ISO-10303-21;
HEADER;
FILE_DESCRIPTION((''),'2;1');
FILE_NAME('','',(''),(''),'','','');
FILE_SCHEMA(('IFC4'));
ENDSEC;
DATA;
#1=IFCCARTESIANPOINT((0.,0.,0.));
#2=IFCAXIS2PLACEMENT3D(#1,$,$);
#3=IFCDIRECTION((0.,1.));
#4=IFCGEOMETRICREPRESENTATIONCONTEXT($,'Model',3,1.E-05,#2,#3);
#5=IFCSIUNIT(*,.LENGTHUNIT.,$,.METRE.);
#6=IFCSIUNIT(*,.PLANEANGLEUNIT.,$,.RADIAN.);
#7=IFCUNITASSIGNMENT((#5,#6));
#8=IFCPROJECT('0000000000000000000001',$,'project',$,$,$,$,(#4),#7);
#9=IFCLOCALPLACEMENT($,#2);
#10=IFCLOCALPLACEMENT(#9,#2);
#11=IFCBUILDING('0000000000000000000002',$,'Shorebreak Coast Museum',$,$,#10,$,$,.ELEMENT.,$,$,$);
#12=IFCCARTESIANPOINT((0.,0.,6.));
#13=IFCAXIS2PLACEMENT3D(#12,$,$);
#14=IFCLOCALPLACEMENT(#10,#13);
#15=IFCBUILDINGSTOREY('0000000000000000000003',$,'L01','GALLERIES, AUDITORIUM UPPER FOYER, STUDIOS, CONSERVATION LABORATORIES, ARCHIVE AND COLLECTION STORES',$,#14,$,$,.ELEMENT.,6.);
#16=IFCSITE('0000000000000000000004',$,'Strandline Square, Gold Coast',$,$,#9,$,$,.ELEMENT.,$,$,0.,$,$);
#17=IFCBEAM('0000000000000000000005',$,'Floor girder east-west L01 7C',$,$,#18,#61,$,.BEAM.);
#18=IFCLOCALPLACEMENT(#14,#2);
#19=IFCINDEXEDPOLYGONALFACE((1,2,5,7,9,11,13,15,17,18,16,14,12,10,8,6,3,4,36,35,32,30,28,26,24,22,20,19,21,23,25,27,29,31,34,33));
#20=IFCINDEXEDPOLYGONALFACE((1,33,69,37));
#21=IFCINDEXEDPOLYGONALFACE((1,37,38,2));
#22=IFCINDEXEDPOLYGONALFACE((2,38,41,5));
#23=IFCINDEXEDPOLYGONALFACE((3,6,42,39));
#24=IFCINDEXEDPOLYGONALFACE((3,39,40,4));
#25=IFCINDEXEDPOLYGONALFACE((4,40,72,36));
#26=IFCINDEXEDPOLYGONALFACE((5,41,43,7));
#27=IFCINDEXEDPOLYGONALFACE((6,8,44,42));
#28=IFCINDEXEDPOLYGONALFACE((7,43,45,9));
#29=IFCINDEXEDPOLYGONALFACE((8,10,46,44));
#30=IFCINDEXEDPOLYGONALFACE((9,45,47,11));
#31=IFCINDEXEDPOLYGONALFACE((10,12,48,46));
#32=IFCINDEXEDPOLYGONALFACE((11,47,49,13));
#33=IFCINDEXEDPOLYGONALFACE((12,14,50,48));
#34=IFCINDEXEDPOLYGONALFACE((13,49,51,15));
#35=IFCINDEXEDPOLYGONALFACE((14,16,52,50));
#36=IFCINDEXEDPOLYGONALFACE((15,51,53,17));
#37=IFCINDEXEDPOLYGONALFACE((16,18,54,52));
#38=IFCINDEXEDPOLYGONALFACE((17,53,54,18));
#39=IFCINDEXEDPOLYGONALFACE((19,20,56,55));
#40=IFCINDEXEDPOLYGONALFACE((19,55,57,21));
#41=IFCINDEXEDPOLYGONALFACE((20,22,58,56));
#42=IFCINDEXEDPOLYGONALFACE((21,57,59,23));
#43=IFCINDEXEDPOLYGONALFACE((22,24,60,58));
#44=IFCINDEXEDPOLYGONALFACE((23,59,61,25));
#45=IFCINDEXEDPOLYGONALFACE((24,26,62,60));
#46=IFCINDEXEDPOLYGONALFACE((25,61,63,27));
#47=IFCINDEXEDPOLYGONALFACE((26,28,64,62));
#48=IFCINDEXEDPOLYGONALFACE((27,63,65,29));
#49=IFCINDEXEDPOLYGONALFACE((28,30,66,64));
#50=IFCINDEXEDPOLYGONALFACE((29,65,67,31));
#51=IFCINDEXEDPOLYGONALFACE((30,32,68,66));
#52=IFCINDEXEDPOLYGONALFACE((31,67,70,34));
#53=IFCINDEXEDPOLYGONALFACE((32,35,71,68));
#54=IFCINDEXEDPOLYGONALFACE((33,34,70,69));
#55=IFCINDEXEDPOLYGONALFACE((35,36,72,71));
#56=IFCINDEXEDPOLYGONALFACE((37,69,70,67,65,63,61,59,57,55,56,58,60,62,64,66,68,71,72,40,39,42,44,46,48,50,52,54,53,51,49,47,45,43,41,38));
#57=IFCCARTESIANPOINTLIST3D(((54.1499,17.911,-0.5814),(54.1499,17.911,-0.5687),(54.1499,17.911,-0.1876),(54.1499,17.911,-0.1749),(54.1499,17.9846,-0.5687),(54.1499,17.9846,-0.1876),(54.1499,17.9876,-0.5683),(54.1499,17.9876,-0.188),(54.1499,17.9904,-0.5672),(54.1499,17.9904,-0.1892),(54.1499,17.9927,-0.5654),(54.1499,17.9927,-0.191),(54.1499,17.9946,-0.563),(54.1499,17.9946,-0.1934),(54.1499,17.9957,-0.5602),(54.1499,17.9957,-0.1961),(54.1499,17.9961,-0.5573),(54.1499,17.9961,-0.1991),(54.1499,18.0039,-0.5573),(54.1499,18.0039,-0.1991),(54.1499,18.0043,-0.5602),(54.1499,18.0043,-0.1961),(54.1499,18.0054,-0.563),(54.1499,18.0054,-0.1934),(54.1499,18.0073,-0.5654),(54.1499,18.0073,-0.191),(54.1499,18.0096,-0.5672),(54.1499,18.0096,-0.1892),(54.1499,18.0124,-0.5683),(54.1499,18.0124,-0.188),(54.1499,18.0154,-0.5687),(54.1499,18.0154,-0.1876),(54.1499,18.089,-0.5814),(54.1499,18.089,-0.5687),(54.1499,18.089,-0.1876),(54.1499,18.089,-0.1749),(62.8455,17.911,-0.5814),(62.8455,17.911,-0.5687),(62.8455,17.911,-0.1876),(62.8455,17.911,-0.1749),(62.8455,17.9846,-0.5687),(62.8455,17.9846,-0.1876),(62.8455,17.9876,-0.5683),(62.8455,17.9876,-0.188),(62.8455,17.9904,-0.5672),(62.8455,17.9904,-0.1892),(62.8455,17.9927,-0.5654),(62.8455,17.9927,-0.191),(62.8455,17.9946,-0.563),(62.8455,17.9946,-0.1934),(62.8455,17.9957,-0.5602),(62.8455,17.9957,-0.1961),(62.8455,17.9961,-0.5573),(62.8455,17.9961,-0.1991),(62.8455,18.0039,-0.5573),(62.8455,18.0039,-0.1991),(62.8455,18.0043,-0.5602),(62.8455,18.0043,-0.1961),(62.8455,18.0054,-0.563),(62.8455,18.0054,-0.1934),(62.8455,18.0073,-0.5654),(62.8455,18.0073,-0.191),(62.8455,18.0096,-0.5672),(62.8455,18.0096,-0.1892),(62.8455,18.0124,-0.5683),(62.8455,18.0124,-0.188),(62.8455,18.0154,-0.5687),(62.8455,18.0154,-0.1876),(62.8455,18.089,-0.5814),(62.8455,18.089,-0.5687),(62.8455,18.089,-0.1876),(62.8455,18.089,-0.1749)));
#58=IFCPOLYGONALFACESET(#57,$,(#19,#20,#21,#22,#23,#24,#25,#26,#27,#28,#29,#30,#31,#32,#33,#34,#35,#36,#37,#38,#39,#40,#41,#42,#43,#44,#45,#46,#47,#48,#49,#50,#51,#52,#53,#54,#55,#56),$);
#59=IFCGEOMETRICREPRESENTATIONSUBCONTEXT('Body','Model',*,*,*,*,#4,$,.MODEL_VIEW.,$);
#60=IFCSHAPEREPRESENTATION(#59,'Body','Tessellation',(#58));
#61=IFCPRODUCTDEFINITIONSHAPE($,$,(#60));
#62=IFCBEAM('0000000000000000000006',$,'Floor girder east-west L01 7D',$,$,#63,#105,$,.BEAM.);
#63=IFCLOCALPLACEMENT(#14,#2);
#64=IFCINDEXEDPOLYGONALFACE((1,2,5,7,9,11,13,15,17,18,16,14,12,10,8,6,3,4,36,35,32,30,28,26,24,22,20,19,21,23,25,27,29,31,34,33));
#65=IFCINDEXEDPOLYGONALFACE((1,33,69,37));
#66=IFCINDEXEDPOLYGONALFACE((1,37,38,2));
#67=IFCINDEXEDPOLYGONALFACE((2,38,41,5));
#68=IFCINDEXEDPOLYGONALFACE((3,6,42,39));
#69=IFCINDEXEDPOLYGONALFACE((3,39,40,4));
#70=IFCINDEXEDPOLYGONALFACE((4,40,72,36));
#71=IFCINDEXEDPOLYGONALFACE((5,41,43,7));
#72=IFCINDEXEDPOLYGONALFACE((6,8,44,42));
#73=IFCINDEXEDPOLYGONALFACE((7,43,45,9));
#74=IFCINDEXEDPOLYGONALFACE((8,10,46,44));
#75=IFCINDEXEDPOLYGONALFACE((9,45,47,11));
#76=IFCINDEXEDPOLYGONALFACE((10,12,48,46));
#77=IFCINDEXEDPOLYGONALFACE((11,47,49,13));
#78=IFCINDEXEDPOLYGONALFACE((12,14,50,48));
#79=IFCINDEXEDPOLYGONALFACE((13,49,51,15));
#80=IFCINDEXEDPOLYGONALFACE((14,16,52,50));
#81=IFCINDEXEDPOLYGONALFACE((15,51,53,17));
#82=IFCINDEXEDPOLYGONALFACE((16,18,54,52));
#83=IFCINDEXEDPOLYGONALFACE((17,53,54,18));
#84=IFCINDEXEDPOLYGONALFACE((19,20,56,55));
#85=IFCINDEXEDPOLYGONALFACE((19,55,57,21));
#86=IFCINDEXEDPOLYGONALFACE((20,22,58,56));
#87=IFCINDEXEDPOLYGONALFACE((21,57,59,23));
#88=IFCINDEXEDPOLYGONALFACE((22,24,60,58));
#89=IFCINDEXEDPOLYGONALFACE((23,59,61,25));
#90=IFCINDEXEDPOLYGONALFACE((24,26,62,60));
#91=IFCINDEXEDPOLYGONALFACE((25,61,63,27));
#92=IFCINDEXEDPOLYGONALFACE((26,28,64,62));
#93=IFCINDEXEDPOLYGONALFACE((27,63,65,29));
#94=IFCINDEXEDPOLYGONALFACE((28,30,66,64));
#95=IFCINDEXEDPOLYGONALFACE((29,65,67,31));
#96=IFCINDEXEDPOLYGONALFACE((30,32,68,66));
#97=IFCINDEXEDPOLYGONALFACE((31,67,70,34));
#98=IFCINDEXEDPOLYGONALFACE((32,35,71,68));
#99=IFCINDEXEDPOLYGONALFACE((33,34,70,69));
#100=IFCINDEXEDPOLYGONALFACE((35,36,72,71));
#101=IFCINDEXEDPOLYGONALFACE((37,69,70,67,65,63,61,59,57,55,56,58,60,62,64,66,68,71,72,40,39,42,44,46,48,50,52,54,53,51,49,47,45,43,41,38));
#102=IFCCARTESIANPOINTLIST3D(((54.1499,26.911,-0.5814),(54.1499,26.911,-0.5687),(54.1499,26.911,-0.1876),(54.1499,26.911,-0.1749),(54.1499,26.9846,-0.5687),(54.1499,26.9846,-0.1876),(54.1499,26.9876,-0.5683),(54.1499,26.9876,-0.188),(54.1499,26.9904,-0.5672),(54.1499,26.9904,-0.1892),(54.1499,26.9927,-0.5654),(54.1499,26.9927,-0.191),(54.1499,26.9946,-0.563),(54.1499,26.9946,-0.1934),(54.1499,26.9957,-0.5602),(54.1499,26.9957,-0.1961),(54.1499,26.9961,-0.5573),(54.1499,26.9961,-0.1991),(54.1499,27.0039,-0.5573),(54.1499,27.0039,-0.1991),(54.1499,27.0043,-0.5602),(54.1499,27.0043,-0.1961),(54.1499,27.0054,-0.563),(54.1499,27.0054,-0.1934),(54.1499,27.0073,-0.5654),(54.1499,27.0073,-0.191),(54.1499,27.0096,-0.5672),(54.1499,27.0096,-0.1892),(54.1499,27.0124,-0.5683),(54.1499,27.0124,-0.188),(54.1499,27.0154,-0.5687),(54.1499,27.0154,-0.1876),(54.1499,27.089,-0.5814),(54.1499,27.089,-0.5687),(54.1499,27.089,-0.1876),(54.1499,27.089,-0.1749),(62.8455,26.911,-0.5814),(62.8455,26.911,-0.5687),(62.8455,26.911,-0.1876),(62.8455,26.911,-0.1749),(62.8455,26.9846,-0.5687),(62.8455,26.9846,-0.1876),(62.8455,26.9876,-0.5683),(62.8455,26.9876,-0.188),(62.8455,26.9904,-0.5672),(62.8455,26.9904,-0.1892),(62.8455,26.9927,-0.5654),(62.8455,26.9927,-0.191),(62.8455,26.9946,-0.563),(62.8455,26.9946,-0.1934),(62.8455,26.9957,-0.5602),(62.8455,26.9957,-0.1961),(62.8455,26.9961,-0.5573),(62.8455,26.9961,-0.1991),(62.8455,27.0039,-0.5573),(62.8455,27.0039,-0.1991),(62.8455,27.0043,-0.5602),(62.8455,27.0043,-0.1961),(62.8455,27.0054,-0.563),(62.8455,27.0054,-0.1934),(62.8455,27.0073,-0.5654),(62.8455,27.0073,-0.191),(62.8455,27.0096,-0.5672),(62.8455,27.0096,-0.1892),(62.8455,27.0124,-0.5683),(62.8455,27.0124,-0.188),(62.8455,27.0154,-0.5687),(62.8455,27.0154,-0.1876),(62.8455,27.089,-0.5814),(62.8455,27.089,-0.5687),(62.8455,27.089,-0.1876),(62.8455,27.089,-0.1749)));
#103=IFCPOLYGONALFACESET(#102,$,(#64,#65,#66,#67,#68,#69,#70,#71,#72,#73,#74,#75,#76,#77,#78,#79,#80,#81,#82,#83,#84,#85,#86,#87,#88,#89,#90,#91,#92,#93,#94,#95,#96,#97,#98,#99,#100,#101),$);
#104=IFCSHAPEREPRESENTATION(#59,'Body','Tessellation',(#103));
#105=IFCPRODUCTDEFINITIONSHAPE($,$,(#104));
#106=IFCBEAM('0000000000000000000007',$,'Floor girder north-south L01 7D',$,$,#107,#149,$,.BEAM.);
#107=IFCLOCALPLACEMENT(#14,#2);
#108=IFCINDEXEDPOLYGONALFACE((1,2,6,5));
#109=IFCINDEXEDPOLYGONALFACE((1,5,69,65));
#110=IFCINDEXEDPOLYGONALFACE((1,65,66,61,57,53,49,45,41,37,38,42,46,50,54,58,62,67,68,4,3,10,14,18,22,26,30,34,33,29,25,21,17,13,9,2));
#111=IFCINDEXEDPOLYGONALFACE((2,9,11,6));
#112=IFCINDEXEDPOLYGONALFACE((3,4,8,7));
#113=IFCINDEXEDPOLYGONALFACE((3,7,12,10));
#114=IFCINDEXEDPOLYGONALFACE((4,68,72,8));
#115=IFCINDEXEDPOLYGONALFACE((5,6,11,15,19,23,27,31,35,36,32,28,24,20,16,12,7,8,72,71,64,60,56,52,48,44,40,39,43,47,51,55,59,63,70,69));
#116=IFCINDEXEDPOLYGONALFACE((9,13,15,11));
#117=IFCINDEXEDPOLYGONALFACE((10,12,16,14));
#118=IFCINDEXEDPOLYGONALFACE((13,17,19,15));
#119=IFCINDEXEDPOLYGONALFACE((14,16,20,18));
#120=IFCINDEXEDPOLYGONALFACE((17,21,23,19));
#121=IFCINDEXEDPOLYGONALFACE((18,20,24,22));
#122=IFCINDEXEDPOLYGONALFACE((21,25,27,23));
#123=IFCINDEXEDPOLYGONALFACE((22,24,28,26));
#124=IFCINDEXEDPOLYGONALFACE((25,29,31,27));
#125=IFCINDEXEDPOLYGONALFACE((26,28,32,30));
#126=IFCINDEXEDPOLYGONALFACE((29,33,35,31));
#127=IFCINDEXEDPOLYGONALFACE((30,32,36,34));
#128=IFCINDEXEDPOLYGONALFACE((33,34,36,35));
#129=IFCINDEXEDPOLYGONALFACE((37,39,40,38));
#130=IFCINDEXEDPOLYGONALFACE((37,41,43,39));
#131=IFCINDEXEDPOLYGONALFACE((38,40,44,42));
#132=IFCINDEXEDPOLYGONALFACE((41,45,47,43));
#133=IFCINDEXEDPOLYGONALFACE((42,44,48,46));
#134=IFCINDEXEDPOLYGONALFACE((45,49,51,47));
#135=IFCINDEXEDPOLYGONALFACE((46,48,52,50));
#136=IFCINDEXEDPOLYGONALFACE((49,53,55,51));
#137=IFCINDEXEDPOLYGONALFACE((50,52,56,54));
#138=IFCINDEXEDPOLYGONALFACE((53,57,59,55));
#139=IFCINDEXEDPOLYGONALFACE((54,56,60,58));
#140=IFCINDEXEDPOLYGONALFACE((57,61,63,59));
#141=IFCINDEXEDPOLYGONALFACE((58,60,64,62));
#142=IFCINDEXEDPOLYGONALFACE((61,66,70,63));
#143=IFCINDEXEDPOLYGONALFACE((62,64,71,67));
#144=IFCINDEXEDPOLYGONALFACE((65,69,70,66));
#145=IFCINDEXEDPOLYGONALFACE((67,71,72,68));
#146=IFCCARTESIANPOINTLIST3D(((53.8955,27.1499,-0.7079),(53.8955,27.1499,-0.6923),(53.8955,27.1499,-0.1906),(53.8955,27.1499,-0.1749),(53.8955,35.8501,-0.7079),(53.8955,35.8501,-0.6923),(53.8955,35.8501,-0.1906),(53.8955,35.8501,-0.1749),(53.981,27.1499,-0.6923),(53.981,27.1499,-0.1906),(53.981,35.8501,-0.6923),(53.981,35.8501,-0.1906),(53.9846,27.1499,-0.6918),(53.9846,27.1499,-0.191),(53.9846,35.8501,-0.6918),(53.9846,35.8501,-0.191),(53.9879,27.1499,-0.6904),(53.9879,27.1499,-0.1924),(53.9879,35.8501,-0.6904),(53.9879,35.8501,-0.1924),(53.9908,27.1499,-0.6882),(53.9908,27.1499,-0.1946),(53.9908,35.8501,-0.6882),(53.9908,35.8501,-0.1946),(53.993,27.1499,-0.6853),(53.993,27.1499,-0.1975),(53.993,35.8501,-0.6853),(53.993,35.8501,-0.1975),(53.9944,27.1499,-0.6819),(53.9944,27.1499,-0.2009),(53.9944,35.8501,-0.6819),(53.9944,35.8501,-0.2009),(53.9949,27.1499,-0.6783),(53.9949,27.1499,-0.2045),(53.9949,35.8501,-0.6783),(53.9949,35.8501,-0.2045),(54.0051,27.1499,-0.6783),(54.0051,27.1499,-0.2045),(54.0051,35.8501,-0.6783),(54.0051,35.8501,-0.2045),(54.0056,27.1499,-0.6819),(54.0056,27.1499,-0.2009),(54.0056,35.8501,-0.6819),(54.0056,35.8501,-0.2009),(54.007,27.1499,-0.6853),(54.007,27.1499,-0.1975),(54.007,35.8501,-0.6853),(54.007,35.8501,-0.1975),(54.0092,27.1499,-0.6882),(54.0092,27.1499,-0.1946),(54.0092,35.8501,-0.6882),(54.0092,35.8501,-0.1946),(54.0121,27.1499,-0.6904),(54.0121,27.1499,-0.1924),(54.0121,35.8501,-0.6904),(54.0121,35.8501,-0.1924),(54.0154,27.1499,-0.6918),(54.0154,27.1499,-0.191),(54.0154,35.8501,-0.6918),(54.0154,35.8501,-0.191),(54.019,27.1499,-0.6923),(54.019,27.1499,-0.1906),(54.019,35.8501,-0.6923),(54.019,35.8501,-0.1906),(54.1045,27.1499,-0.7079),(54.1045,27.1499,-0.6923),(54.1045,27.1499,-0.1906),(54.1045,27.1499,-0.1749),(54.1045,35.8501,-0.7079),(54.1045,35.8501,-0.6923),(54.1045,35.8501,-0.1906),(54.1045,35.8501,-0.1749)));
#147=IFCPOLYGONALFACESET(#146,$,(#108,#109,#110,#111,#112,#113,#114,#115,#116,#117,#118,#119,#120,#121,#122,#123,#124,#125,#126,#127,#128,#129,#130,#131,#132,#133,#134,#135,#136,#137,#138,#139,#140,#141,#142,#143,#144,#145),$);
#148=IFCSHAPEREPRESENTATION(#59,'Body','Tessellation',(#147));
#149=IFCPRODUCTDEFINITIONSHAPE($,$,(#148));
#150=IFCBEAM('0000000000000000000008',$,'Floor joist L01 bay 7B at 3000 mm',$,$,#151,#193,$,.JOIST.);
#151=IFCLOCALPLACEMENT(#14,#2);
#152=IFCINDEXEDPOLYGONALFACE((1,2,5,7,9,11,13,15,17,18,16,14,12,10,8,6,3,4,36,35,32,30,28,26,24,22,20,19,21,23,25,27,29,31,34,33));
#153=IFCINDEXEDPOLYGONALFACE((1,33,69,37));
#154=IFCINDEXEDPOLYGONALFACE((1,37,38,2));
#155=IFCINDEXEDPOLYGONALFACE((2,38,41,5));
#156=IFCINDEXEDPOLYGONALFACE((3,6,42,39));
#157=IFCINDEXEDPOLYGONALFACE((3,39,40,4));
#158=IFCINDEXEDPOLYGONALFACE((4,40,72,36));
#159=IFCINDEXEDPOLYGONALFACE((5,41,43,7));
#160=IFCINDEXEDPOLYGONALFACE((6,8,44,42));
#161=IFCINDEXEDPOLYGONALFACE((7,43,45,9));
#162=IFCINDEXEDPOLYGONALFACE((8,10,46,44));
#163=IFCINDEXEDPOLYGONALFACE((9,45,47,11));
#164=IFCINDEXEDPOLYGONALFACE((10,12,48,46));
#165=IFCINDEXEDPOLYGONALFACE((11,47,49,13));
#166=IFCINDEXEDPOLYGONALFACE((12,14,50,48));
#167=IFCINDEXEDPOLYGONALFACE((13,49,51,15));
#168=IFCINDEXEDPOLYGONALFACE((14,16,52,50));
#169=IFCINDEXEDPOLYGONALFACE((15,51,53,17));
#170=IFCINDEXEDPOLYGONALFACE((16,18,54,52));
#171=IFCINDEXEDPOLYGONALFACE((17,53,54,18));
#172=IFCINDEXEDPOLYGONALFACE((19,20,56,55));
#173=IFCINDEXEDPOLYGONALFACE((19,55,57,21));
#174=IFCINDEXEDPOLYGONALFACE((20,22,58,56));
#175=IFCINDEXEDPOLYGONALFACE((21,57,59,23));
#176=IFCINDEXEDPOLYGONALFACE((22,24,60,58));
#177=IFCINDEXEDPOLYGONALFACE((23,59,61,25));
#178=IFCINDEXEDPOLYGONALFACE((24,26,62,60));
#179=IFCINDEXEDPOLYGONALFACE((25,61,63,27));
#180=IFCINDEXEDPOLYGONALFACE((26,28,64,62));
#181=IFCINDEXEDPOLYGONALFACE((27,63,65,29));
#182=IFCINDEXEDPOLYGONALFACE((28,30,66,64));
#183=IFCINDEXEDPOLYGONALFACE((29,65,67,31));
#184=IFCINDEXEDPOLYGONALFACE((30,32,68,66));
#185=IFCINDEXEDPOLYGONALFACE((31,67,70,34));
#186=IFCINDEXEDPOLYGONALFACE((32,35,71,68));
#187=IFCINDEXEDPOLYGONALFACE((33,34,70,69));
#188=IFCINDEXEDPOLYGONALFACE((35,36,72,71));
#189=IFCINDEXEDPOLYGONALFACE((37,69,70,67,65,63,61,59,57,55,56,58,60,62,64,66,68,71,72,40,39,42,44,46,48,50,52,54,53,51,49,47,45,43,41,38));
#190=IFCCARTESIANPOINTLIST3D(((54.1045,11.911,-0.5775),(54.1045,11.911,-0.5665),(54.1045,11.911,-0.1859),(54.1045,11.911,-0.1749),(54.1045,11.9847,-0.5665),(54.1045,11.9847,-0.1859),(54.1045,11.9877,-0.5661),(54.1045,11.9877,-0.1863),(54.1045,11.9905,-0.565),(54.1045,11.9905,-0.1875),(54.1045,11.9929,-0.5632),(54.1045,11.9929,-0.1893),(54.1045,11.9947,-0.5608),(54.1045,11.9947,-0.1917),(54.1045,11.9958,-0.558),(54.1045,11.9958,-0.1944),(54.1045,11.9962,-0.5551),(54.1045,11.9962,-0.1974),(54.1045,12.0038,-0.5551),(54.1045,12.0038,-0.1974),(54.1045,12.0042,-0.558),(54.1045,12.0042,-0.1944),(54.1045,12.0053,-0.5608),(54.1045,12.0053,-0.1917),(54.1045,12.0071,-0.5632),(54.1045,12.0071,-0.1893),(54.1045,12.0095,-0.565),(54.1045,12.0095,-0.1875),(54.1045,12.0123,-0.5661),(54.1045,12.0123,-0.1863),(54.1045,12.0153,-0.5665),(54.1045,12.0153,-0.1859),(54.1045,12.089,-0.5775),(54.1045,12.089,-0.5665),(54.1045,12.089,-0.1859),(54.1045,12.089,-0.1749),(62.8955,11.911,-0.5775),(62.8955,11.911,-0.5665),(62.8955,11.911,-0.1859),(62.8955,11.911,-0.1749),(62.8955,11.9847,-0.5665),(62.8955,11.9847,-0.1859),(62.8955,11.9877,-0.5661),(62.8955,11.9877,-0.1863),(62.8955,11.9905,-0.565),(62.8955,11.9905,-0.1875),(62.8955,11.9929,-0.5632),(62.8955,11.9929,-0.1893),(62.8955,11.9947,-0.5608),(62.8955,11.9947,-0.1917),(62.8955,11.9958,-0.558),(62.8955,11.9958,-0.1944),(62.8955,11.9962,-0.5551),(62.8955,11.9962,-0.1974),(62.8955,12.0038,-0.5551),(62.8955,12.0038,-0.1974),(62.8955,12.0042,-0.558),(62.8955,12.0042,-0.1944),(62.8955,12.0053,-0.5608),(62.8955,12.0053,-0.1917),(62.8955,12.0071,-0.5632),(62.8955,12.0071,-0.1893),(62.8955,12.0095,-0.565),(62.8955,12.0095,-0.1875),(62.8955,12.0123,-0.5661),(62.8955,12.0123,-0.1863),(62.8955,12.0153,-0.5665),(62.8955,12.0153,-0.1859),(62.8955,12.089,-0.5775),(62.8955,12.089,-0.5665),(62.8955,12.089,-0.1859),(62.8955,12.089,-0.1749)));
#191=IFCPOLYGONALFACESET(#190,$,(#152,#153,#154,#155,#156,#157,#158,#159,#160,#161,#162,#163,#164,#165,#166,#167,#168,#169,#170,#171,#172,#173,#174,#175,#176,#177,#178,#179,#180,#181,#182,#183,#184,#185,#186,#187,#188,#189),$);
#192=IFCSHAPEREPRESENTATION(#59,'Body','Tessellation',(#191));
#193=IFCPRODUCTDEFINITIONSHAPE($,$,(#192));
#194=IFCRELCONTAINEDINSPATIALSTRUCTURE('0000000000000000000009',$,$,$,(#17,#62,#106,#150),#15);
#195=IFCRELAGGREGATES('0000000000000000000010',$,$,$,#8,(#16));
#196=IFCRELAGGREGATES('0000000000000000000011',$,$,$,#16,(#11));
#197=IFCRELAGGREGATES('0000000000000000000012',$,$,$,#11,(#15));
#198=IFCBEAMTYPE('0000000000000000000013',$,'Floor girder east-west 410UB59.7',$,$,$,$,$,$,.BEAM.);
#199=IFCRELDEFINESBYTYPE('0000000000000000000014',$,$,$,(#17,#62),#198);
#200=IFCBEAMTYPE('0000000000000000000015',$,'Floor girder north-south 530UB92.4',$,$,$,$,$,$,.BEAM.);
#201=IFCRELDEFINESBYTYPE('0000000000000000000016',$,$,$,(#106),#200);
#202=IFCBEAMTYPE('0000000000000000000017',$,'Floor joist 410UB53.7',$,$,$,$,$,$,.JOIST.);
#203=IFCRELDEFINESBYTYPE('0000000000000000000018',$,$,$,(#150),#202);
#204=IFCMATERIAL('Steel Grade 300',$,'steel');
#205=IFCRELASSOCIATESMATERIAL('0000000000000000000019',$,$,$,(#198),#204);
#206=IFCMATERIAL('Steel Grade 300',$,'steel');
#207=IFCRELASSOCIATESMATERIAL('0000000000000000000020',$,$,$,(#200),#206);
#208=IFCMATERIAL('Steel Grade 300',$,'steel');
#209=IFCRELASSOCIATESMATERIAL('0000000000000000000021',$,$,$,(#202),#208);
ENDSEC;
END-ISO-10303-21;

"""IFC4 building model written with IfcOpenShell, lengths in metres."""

from ifc_helpers import new_model, si_unit, direction, frame, origin, origin_2d, place, context, subcontext, project, spatial, i_section, extrude, material, material_profile, profile_set, type_object, element, save


model = new_model("IFC4")

# Units and contexts
model_context = context("Model", 3, precision=1e-05, world=origin(), true_north=direction((0.0, 1.0)))
body_context = subcontext(model_context, "Body", "Model", "MODEL_VIEW")
ifc_project = project(units=[si_unit("LENGTHUNIT", "METRE"), si_unit("PLANEANGLEUNIT", "RADIAN")], contexts=[model_context])

# Site, building, storey
site_placement = place(None, origin())
site = spatial("IfcSite", under=ifc_project, at=site_placement, Name="Strandline Square, Gold Coast", CompositionType="ELEMENT", RefElevation=0.0)
building_placement = place(site_placement, origin())
building = spatial("IfcBuilding", under=site, at=building_placement, Name="Shorebreak Coast Museum", CompositionType="ELEMENT")
storey_placement = place(building_placement, frame((0.0, 0.0, 6.0)))
storey = spatial("IfcBuildingStorey", under=building, at=storey_placement, Name="L01", Description="GALLERIES, AUDITORIUM UPPER FOYER, STUDIOS, CONSERVATION LABORATORIES, ARCHIVE AND COLLECTION STORES", CompositionType="ELEMENT", Elevation=6.0)

# Beams
ifc_material_1 = material(Name="Steel Grade 300", Category="steel")
ifc_material_profile_1 = material_profile(ifc_material_1, i_section(OverallWidth=0.178, OverallDepth=0.4065, WebThickness=0.0078, FlangeThickness=0.0127, FilletRadius=0.0115, at=origin_2d()), Name="410UB59.7")
ifc_profile_set_1 = profile_set([ifc_material_profile_1], Name="Steel Grade 300")
beam_type_1 = type_object("IfcBeamType", Name="Floor girder east-west 410UB59.7", PredefinedType="BEAM", material=ifc_profile_set_1)
for number, where, z_axis, x_axis, name in (
    (1, (54.1499, 18.0, -0.3782), (1.0, 0.0, 0.0), (0.0, 1.0, 0.0), "Floor girder east-west L01 7C"),
    (2, (54.1499, 27.0, -0.3782), (1.0, 0.0, 0.0), (0.0, 1.0, 0.0), "Floor girder east-west L01 7D"),
):
    element("IfcBeam", number, at=place(storey_placement, frame(where, z_axis=z_axis, x_axis=x_axis)), inside=storey, type_object=beam_type_1, Name=name, PredefinedType="BEAM", context=body_context, shape_type="SweptSolid", body=[
        extrude(i_section(OverallWidth=0.178, OverallDepth=0.4065, WebThickness=0.0078, FlangeThickness=0.0127, FilletRadius=0.0115, at=origin_2d()), origin(), (0.0, 0.0, 1.0), 8.6956),
    ])
ifc_material_2 = material(Name="Steel Grade 300", Category="steel")
ifc_material_profile_2 = material_profile(ifc_material_2, i_section(OverallWidth=0.209, OverallDepth=0.533, WebThickness=0.0103, FlangeThickness=0.0156, FilletRadius=0.0139, at=origin_2d()), Name="530UB92.4")
ifc_profile_set_2 = profile_set([ifc_material_profile_2], Name="Steel Grade 300")
beam_type_2 = type_object("IfcBeamType", Name="Floor girder north-south 530UB92.4", PredefinedType="BEAM", material=ifc_profile_set_2)
beam_1_placement = place(storey_placement, frame((54.0, 27.1499, -0.4414), z_axis=(0.0, 1.0, 0.0), x_axis=(-1.0, 0.0, 0.0)))
element("IfcBeam", 3, at=beam_1_placement, inside=storey, type_object=beam_type_2, Name="Floor girder north-south L01 7D", PredefinedType="BEAM", context=body_context, shape_type="SweptSolid", body=[
    extrude(i_section(OverallWidth=0.209, OverallDepth=0.533, WebThickness=0.0103, FlangeThickness=0.0156, FilletRadius=0.0139, at=origin_2d()), origin(), (0.0, 0.0, 1.0), 8.7002),
])
ifc_material_3 = material(Name="Steel Grade 300", Category="steel")
ifc_material_profile_3 = material_profile(ifc_material_3, i_section(OverallWidth=0.178, OverallDepth=0.4026, WebThickness=0.0076, FlangeThickness=0.011, FilletRadius=0.0115, at=origin_2d()), Name="410UB53.7")
ifc_profile_set_3 = profile_set([ifc_material_profile_3], Name="Steel Grade 300")
beam_type_3 = type_object("IfcBeamType", Name="Floor joist 410UB53.7", PredefinedType="JOIST", material=ifc_profile_set_3)
for number, where, z_axis, x_axis, name in (
    (4, (54.1045, 12.0, -0.3762), (1.0, 0.0, 0.0), (0.0, 1.0, 0.0), "Floor joist L01 bay 7B at 3000 mm"),
):
    element("IfcBeam", number, at=place(storey_placement, frame(where, z_axis=z_axis, x_axis=x_axis)), inside=storey, type_object=beam_type_3, Name=name, PredefinedType="JOIST", context=body_context, shape_type="SweptSolid", body=[
        extrude(i_section(OverallWidth=0.178, OverallDepth=0.4026, WebThickness=0.0076, FlangeThickness=0.011, FilletRadius=0.0115, at=origin_2d()), origin(), (0.0, 0.0, 1.0), 8.791),
    ])

save(model, "model.ifc")
